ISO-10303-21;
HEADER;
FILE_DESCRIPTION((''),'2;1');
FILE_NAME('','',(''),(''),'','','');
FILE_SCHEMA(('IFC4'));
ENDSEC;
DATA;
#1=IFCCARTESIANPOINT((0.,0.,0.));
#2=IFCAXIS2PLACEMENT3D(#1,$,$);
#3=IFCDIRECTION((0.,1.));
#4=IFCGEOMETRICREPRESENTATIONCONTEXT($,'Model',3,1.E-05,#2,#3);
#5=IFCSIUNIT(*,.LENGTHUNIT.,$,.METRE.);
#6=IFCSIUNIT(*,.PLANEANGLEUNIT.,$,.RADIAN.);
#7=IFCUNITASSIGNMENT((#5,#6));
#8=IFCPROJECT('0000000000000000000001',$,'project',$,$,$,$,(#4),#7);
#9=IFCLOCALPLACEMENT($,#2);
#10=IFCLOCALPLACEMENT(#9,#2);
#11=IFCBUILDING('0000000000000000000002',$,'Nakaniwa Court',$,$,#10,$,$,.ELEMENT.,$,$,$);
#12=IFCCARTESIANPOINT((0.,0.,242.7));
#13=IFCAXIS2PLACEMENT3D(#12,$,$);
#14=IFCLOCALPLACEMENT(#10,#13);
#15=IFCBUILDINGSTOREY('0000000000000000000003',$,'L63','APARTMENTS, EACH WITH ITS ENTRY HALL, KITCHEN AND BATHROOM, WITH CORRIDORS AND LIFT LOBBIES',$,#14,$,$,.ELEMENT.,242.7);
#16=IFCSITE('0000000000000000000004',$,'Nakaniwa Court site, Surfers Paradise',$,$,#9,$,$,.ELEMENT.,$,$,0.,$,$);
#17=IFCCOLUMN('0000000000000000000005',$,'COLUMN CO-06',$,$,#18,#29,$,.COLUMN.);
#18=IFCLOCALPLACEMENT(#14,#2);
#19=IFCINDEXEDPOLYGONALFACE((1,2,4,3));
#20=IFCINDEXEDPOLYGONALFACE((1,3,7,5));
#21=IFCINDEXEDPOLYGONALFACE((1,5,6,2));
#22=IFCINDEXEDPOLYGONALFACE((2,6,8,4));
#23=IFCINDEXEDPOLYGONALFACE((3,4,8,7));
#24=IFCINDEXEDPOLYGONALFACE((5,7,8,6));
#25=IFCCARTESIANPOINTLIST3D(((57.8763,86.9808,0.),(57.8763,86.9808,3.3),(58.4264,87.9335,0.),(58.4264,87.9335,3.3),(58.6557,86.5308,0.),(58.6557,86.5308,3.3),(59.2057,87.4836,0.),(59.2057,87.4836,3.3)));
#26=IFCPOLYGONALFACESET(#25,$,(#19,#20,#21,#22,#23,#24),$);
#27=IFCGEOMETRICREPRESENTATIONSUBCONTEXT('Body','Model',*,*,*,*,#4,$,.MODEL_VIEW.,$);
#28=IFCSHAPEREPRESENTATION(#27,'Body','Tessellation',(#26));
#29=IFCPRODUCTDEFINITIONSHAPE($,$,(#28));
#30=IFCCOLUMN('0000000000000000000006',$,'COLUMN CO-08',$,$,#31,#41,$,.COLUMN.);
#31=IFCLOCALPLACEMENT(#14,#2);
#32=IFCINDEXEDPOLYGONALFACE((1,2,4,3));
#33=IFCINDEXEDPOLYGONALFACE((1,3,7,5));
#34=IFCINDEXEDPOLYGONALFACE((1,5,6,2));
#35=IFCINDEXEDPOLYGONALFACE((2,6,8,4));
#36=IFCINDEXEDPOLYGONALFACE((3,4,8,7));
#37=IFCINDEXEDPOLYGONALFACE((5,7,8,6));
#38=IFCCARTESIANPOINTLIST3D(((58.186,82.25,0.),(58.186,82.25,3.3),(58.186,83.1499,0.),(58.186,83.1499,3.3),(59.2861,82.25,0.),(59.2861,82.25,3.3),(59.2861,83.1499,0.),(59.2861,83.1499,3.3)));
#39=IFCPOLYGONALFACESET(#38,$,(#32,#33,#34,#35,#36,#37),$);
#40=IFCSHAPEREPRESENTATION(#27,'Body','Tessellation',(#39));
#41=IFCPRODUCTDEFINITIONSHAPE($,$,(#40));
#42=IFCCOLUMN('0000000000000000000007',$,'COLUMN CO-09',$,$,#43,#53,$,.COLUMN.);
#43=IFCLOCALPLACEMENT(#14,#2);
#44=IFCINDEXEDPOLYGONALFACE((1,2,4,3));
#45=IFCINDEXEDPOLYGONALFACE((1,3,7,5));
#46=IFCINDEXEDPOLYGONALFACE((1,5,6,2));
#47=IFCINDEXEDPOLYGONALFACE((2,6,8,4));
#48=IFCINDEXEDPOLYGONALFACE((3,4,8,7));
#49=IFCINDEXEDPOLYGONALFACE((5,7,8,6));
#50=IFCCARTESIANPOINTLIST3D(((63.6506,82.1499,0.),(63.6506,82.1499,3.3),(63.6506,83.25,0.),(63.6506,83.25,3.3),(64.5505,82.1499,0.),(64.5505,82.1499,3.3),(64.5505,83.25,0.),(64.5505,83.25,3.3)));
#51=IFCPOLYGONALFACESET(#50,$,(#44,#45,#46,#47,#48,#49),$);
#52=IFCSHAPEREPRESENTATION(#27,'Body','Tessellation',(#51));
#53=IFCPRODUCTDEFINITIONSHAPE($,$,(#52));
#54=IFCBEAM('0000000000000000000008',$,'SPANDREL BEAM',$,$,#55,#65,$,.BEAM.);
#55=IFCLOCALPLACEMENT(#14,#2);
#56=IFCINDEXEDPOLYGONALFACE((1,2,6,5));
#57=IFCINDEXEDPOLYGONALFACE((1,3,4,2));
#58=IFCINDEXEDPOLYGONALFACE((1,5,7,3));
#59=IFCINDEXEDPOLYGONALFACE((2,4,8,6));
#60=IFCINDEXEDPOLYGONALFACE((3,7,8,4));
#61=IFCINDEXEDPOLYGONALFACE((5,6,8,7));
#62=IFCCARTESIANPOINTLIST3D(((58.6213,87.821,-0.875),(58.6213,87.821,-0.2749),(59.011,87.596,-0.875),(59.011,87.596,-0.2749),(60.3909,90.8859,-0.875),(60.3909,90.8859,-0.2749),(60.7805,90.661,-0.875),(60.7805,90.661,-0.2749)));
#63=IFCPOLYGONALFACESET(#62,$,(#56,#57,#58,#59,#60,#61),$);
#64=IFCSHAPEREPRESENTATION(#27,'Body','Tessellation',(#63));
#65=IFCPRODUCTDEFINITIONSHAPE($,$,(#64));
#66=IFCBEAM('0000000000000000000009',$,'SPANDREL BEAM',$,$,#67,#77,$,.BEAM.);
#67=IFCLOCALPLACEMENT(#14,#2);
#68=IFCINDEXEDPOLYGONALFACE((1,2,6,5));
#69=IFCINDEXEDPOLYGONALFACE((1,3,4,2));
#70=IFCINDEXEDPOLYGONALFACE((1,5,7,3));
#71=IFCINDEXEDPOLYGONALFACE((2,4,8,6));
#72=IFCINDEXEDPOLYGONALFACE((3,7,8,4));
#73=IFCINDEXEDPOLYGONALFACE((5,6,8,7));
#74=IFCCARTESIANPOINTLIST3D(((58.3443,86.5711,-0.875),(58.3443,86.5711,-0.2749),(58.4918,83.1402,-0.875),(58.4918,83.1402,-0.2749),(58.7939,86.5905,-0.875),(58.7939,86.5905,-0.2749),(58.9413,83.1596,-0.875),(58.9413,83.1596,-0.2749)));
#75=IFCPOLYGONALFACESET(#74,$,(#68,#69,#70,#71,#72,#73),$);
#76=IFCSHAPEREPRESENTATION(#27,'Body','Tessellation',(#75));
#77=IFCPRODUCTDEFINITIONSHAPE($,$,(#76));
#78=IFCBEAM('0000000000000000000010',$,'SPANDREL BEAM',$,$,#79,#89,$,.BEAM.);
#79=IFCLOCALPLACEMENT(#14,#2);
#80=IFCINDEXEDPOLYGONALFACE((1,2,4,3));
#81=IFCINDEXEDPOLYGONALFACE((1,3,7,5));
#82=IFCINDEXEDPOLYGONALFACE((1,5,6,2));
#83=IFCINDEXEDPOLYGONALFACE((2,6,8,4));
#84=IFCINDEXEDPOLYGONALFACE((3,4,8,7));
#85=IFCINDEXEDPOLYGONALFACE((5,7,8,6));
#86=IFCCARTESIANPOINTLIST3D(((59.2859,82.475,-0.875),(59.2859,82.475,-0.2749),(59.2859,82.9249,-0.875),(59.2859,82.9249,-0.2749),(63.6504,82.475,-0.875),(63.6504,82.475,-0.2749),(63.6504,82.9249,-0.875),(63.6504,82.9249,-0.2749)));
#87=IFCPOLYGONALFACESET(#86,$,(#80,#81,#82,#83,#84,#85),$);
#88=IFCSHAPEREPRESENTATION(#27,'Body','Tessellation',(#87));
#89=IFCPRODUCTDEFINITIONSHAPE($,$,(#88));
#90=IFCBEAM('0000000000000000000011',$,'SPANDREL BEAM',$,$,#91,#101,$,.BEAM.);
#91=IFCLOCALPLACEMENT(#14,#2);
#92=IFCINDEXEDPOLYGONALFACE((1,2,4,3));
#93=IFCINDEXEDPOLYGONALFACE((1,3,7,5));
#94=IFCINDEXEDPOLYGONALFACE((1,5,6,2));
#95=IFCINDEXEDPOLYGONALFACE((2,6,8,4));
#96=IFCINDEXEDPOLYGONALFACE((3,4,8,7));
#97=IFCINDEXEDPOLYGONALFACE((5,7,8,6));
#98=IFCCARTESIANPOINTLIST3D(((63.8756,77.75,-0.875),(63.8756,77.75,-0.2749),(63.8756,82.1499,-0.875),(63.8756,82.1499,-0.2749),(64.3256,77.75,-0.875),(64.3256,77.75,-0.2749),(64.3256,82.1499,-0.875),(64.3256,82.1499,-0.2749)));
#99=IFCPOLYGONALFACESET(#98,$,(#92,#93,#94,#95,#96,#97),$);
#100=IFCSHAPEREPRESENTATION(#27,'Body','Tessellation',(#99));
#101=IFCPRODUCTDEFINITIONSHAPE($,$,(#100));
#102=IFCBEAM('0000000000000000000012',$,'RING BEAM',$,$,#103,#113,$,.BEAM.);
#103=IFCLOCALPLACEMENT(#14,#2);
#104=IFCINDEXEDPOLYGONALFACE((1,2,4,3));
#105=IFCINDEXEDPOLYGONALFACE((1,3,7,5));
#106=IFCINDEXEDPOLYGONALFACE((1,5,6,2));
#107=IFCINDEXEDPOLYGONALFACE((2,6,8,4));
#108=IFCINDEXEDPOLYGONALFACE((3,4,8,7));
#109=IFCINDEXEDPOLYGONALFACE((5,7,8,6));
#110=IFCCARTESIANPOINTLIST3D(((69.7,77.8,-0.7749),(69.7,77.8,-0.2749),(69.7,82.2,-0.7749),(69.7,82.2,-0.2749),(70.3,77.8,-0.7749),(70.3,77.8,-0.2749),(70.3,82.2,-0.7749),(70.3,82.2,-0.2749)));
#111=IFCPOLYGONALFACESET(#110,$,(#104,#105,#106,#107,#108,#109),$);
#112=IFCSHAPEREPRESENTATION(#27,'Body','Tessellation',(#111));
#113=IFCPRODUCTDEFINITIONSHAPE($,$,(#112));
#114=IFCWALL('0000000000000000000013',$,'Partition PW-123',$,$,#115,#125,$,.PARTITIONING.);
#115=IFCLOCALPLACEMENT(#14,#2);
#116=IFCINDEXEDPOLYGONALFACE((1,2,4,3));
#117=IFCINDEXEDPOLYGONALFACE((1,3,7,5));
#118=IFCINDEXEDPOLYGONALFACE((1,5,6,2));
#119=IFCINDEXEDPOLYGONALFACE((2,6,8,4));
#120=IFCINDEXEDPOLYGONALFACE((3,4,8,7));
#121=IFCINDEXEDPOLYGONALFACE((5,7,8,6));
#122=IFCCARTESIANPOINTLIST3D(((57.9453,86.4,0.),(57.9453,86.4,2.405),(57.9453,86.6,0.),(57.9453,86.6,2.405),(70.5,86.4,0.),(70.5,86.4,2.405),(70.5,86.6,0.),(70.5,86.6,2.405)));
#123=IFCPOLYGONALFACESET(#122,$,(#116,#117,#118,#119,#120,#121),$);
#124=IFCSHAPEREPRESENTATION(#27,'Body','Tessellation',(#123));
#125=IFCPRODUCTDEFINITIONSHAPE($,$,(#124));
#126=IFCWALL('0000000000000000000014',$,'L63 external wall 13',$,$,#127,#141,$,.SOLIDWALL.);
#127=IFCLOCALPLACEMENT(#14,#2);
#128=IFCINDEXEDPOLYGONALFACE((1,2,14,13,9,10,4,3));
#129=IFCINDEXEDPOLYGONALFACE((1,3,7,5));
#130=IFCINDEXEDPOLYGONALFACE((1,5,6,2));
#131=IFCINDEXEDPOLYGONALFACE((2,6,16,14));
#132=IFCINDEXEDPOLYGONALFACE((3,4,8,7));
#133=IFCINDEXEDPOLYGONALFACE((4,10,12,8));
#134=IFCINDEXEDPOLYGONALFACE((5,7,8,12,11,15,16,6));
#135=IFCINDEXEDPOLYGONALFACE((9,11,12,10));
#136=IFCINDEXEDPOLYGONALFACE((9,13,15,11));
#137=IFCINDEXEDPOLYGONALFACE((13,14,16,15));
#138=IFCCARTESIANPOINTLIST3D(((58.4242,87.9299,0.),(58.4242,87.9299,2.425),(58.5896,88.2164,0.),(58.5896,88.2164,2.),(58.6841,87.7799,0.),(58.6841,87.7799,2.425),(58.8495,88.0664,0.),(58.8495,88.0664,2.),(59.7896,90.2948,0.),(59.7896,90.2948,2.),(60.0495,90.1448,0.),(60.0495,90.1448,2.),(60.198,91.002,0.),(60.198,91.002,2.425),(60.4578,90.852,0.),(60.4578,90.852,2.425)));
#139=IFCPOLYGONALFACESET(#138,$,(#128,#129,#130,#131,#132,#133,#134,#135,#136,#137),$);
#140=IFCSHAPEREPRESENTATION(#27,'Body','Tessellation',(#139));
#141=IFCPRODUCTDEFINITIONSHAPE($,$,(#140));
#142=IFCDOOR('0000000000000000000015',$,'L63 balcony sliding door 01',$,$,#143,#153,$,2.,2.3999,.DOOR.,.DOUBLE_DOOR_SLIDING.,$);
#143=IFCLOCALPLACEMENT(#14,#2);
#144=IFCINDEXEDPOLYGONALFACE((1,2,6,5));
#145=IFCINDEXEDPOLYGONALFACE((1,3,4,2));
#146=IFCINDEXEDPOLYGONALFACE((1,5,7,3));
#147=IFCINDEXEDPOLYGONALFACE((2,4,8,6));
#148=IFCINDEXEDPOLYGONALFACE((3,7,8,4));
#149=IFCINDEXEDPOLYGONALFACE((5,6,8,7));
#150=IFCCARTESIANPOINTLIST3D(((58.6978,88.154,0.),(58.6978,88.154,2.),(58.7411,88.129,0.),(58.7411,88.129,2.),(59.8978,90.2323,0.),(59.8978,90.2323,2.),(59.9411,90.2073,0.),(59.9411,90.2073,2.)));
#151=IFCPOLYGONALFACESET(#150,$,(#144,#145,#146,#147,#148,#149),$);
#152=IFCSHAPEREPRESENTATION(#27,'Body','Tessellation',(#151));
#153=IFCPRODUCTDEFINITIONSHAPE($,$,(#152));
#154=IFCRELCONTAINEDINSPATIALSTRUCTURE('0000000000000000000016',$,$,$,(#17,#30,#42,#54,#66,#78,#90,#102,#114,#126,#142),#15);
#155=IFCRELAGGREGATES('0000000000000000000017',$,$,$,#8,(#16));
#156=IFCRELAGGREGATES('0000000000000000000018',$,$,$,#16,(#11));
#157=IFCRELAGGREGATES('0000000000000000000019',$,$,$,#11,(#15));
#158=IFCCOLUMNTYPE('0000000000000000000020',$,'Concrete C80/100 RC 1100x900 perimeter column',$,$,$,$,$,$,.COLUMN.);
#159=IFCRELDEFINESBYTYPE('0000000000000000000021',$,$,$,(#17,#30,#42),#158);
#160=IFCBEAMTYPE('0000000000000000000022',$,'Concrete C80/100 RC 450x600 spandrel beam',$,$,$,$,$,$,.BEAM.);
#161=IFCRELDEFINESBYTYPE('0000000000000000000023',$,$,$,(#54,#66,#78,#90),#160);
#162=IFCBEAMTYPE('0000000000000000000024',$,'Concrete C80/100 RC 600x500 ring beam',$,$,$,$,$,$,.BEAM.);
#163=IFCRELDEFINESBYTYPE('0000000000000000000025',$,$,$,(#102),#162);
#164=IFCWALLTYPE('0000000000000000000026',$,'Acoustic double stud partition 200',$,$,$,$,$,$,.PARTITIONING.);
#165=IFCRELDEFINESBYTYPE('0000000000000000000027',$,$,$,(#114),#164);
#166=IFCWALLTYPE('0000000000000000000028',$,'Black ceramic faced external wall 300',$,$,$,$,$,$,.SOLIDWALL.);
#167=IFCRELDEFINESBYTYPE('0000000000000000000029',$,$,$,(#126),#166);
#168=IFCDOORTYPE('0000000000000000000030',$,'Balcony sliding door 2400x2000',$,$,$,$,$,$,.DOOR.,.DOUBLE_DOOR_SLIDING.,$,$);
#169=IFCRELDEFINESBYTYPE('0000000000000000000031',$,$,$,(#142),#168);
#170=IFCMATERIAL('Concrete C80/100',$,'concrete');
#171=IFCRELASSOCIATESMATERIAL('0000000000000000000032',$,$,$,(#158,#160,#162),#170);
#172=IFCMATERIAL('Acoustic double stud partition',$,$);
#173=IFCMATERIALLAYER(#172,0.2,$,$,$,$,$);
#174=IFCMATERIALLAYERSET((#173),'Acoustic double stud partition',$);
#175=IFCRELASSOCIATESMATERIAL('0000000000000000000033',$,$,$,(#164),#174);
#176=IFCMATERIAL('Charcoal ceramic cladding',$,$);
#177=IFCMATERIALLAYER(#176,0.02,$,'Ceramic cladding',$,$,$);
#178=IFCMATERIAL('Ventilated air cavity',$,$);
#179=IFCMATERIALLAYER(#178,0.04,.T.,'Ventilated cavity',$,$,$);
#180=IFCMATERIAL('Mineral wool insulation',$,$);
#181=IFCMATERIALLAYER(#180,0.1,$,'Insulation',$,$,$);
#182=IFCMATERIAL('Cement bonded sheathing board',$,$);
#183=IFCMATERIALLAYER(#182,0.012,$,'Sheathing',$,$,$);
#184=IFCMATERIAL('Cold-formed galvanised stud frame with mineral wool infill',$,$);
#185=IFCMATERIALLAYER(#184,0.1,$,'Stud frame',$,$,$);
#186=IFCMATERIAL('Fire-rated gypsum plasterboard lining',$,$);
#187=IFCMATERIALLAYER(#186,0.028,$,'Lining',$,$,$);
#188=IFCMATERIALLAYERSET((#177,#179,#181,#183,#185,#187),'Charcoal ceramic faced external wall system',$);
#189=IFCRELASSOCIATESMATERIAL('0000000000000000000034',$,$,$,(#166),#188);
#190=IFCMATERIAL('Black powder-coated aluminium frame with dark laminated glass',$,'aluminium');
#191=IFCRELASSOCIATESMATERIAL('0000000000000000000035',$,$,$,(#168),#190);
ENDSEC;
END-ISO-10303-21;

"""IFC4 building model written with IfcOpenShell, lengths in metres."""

from ifc_helpers import new_model, si_unit, direction, frame, frame_2d, origin, origin_2d, place, context, subcontext, project, spatial, rectangle, extrude, material, layer, layer_set, material_profile, profile_set, type_object, element, fill, save


model = new_model("IFC4")

# Units and contexts
model_context = context("Model", 3, precision=1e-05, world=origin(), true_north=direction((0.0, 1.0)))
body_context = subcontext(model_context, "Body", "Model", "MODEL_VIEW")
ifc_project = project(units=[si_unit("LENGTHUNIT", "METRE"), si_unit("PLANEANGLEUNIT", "RADIAN")], contexts=[model_context])

# Site, building, storey
site_placement = place(None, origin())
site = spatial("IfcSite", under=ifc_project, at=site_placement, Name="Nakaniwa Court site, Surfers Paradise", CompositionType="ELEMENT", RefElevation=0.0)
building_placement = place(site_placement, origin())
building = spatial("IfcBuilding", under=site, at=building_placement, Name="Nakaniwa Court", CompositionType="ELEMENT")
storey_placement = place(building_placement, frame((0.0, 0.0, 242.7)))
storey = spatial("IfcBuildingStorey", under=building, at=storey_placement, Name="L63", Description="APARTMENTS, EACH WITH ITS ENTRY HALL, KITCHEN AND BATHROOM, WITH CORRIDORS AND LIFT LOBBIES", CompositionType="ELEMENT", Elevation=242.7)

# Columns
ifc_material_1 = material(Name="Concrete C80/100", Category="concrete")
ifc_material_profile_1 = material_profile(ifc_material_1, rectangle(XDim=1.1001, YDim=0.8999, at=origin_2d()), Name="Concrete C80/100 RC 1100x900 perimeter column")
ifc_profile_set_1 = profile_set([ifc_material_profile_1], Name="Concrete C80/100")
column_type = type_object("IfcColumnType", Name="Concrete C80/100 RC 1100x900 perimeter column", PredefinedType="COLUMN", material=ifc_profile_set_1)
for number, where, z_axis, x_axis, name in (
    (1, (58.541, 87.2322, 0.0), (0.0, 0.0, 1.0), (-0.5, -0.866025, 0.0), "COLUMN CO-06"),
    (2, (58.7361, 82.7, 0.0), (0.0, 0.0, 1.0), (1.0, 0.0, 0.0), "COLUMN CO-08"),
    (3, (64.1006, 82.7, 0.0), (0.0, 0.0, 1.0), (0.0, -1.0, 0.0), "COLUMN CO-09"),
):
    element("IfcColumn", number, at=place(storey_placement, frame(where, z_axis=z_axis, x_axis=x_axis)), inside=storey, type_object=column_type, Name=name, PredefinedType="COLUMN", context=body_context, shape_type="SweptSolid", body=[
        extrude(rectangle(XDim=1.1001, YDim=0.8999, at=origin_2d()), origin(), (0.0, 0.0, 1.0), 3.3),
    ])

# Beams
ifc_material_profile_2 = material_profile(ifc_material_1, rectangle(XDim=0.45, YDim=0.6001, at=origin_2d()), Name="Concrete C80/100 RC 450x600 spandrel beam")
ifc_profile_set_2 = profile_set([ifc_material_profile_2], Name="Concrete C80/100")
beam_type_1 = type_object("IfcBeamType", Name="Concrete C80/100 RC 450x600 spandrel beam", PredefinedType="BEAM", material=ifc_profile_set_2)
beam_1_placement = place(storey_placement, frame((60.5857, 90.7734, -0.575), z_axis=(-0.499997, -0.866027, 0.0), x_axis=(0.866027, -0.499997, 0.0)))
element("IfcBeam", 4, at=beam_1_placement, inside=storey, type_object=beam_type_1, Name="SPANDREL BEAM", PredefinedType="BEAM", context=body_context, shape_type="SweptSolid", body=[
    extrude(rectangle(XDim=0.45, YDim=0.6001, at=origin_2d()), origin(), (0.0, 0.0, 1.0), 3.5391),
])
beam_2_placement = place(storey_placement, frame((58.5691, 86.5808, -0.575), z_axis=(0.042941, -0.999078, 0.0), x_axis=(0.999078, 0.042941, 0.0)))
element("IfcBeam", 5, at=beam_2_placement, inside=storey, type_object=beam_type_1, Name="SPANDREL BEAM", PredefinedType="BEAM", context=body_context, shape_type="SweptSolid", body=[
    extrude(rectangle(XDim=0.45, YDim=0.6001, at=origin_2d()), origin(), (0.0, 0.0, 1.0), 3.4341),
])
beam_3_placement = place(storey_placement, frame((59.2859, 82.7, -0.575), z_axis=(1.0, 0.0, 0.0), x_axis=(0.0, 1.0, 0.0)))
element("IfcBeam", 6, at=beam_3_placement, inside=storey, type_object=beam_type_1, Name="SPANDREL BEAM", PredefinedType="BEAM", context=body_context, shape_type="SweptSolid", body=[
    extrude(rectangle(XDim=0.45, YDim=0.6001, at=origin_2d()), origin(), (0.0, 0.0, 1.0), 4.3645),
])
beam_4_placement = place(storey_placement, frame((64.1006, 82.1499, -0.575), z_axis=(0.0, -1.0, 0.0), x_axis=(1.0, 0.0, 0.0)))
element("IfcBeam", 7, at=beam_4_placement, inside=storey, type_object=beam_type_1, Name="SPANDREL BEAM", PredefinedType="BEAM", context=body_context, shape_type="SweptSolid", body=[
    extrude(rectangle(XDim=0.45, YDim=0.6001, at=origin_2d()), origin(), (0.0, 0.0, 1.0), 4.3999),
])
ifc_material_profile_3 = material_profile(ifc_material_1, rectangle(XDim=0.6001, YDim=0.5, at=origin_2d()), Name="Concrete C80/100 RC 600x500 ring beam")
ifc_profile_set_3 = profile_set([ifc_material_profile_3], Name="Concrete C80/100")
beam_type_2 = type_object("IfcBeamType", Name="Concrete C80/100 RC 600x500 ring beam", PredefinedType="BEAM", material=ifc_profile_set_3)
beam_5_placement = place(storey_placement, frame((70.0, 82.2, -0.5249), z_axis=(0.0, -1.0, 0.0), x_axis=(1.0, 0.0, 0.0)))
element("IfcBeam", 8, at=beam_5_placement, inside=storey, type_object=beam_type_2, Name="RING BEAM", PredefinedType="BEAM", context=body_context, shape_type="SweptSolid", body=[
    extrude(rectangle(XDim=0.6001, YDim=0.5, at=origin_2d()), origin(), (0.0, 0.0, 1.0), 4.3999),
])

# Wall
ifc_material_2 = material(Name="Acoustic double stud partition")
ifc_layer_1 = layer(ifc_material_2, 0.2)
ifc_layer_set_1 = layer_set([ifc_layer_1], Name="Acoustic double stud partition")
wall_type_1 = type_object("IfcWallType", Name="Acoustic double stud partition 200", PredefinedType="PARTITIONING", material=ifc_layer_set_1)
wall_1_placement = place(storey_placement, frame((57.9453, 86.5, 0.0), z_axis=(0.0, 0.0, 1.0), x_axis=(1.0, 0.0, 0.0)))
element("IfcWall", 9, at=wall_1_placement, inside=storey, type_object=wall_type_1, Name="Partition PW-123", PredefinedType="PARTITIONING", context=body_context, shape_type="SweptSolid", body=[
    extrude(rectangle(XDim=12.5547, YDim=0.2, at=frame_2d((6.2773, 0.0))), origin(), (0.0, 0.0, 1.0), 2.405),
])

# Wall, opening, door
ifc_material_3 = material(Name="Charcoal ceramic cladding")
ifc_layer_2 = layer(ifc_material_3, 0.02, Name="Ceramic cladding")
ifc_material_4 = material(Name="Ventilated air cavity")
ifc_layer_3 = layer(ifc_material_4, 0.04, ventilated=True, Name="Ventilated cavity")
ifc_material_5 = material(Name="Mineral wool insulation")
ifc_layer_4 = layer(ifc_material_5, 0.1, Name="Insulation")
ifc_material_6 = material(Name="Cement bonded sheathing board")
ifc_layer_5 = layer(ifc_material_6, 0.012, Name="Sheathing")
ifc_material_7 = material(Name="Cold-formed galvanised stud frame with mineral wool infill")
ifc_layer_6 = layer(ifc_material_7, 0.1, Name="Stud frame")
ifc_material_8 = material(Name="Fire-rated gypsum plasterboard lining")
ifc_layer_7 = layer(ifc_material_8, 0.028, Name="Lining")
ifc_layer_set_2 = layer_set([ifc_layer_2, ifc_layer_3, ifc_layer_4, ifc_layer_5, ifc_layer_6, ifc_layer_7], Name="Charcoal ceramic faced external wall system")
wall_type_2 = type_object("IfcWallType", Name="Black ceramic faced external wall 300", PredefinedType="SOLIDWALL", material=ifc_layer_set_2)
wall_2_placement = place(storey_placement, frame((60.3279, 90.927, 0.0), z_axis=(0.0, 0.0, 1.0), x_axis=(-0.50001, -0.866019, 0.0)))
wall_2 = element("IfcWall", 10, at=wall_2_placement, inside=storey, type_object=wall_type_2, Name="L63 external wall 13", PredefinedType="SOLIDWALL", context=body_context, shape_type="SweptSolid", body=[
    extrude(rectangle(XDim=3.5474, YDim=0.3, at=frame_2d((1.7737, 0.0))), origin(), (0.0, 0.0, 1.0), 2.425),
])
opening_1_placement = place(wall_2_placement, frame((0.8167, 0.0, 0.0)))
opening_1 = element("IfcOpeningElement", 11, at=opening_1_placement, cuts=wall_2, PredefinedType="OPENING", context=body_context, shape_type="SweptSolid", body=[
    extrude(rectangle(XDim=2.3999, YDim=2.0, at=frame_2d((1.2, 1.0))), frame((0.0, 0.1599, 0.0), z_axis=(0.0, -1.0, 0.0), x_axis=(1.0, 0.0, 0.0)), (0.0, 0.0, 1.0), 0.3201),
])
ifc_material_9 = material(Name="Black powder-coated aluminium frame with dark laminated glass", Category="aluminium")
door_type_1 = type_object("IfcDoorType", Name="Balcony sliding door 2400x2000", OperationType="DOUBLE_DOOR_SLIDING", PredefinedType="DOOR", material=ifc_material_9)
door_1_placement = place(opening_1_placement, origin())
door_1 = element("IfcDoor", 12, at=door_1_placement, inside=storey, type_object=door_type_1, Name="L63 balcony sliding door 01", OperationType="DOUBLE_DOOR_SLIDING", OverallHeight=2.0, OverallWidth=2.3999, PredefinedType="DOOR", context=body_context, shape_type="SweptSolid", body=[
    extrude(rectangle(XDim=2.3999, YDim=2.0, at=frame_2d((1.2, 1.0))), frame((0.0, 0.0249, 0.0), z_axis=(0.0, -1.0, 0.0), x_axis=(1.0, 0.0, 0.0)), (0.0, 0.0, 1.0), 0.05),
])
fill(opening_1, door_1)

save(model, "model.ifc")
